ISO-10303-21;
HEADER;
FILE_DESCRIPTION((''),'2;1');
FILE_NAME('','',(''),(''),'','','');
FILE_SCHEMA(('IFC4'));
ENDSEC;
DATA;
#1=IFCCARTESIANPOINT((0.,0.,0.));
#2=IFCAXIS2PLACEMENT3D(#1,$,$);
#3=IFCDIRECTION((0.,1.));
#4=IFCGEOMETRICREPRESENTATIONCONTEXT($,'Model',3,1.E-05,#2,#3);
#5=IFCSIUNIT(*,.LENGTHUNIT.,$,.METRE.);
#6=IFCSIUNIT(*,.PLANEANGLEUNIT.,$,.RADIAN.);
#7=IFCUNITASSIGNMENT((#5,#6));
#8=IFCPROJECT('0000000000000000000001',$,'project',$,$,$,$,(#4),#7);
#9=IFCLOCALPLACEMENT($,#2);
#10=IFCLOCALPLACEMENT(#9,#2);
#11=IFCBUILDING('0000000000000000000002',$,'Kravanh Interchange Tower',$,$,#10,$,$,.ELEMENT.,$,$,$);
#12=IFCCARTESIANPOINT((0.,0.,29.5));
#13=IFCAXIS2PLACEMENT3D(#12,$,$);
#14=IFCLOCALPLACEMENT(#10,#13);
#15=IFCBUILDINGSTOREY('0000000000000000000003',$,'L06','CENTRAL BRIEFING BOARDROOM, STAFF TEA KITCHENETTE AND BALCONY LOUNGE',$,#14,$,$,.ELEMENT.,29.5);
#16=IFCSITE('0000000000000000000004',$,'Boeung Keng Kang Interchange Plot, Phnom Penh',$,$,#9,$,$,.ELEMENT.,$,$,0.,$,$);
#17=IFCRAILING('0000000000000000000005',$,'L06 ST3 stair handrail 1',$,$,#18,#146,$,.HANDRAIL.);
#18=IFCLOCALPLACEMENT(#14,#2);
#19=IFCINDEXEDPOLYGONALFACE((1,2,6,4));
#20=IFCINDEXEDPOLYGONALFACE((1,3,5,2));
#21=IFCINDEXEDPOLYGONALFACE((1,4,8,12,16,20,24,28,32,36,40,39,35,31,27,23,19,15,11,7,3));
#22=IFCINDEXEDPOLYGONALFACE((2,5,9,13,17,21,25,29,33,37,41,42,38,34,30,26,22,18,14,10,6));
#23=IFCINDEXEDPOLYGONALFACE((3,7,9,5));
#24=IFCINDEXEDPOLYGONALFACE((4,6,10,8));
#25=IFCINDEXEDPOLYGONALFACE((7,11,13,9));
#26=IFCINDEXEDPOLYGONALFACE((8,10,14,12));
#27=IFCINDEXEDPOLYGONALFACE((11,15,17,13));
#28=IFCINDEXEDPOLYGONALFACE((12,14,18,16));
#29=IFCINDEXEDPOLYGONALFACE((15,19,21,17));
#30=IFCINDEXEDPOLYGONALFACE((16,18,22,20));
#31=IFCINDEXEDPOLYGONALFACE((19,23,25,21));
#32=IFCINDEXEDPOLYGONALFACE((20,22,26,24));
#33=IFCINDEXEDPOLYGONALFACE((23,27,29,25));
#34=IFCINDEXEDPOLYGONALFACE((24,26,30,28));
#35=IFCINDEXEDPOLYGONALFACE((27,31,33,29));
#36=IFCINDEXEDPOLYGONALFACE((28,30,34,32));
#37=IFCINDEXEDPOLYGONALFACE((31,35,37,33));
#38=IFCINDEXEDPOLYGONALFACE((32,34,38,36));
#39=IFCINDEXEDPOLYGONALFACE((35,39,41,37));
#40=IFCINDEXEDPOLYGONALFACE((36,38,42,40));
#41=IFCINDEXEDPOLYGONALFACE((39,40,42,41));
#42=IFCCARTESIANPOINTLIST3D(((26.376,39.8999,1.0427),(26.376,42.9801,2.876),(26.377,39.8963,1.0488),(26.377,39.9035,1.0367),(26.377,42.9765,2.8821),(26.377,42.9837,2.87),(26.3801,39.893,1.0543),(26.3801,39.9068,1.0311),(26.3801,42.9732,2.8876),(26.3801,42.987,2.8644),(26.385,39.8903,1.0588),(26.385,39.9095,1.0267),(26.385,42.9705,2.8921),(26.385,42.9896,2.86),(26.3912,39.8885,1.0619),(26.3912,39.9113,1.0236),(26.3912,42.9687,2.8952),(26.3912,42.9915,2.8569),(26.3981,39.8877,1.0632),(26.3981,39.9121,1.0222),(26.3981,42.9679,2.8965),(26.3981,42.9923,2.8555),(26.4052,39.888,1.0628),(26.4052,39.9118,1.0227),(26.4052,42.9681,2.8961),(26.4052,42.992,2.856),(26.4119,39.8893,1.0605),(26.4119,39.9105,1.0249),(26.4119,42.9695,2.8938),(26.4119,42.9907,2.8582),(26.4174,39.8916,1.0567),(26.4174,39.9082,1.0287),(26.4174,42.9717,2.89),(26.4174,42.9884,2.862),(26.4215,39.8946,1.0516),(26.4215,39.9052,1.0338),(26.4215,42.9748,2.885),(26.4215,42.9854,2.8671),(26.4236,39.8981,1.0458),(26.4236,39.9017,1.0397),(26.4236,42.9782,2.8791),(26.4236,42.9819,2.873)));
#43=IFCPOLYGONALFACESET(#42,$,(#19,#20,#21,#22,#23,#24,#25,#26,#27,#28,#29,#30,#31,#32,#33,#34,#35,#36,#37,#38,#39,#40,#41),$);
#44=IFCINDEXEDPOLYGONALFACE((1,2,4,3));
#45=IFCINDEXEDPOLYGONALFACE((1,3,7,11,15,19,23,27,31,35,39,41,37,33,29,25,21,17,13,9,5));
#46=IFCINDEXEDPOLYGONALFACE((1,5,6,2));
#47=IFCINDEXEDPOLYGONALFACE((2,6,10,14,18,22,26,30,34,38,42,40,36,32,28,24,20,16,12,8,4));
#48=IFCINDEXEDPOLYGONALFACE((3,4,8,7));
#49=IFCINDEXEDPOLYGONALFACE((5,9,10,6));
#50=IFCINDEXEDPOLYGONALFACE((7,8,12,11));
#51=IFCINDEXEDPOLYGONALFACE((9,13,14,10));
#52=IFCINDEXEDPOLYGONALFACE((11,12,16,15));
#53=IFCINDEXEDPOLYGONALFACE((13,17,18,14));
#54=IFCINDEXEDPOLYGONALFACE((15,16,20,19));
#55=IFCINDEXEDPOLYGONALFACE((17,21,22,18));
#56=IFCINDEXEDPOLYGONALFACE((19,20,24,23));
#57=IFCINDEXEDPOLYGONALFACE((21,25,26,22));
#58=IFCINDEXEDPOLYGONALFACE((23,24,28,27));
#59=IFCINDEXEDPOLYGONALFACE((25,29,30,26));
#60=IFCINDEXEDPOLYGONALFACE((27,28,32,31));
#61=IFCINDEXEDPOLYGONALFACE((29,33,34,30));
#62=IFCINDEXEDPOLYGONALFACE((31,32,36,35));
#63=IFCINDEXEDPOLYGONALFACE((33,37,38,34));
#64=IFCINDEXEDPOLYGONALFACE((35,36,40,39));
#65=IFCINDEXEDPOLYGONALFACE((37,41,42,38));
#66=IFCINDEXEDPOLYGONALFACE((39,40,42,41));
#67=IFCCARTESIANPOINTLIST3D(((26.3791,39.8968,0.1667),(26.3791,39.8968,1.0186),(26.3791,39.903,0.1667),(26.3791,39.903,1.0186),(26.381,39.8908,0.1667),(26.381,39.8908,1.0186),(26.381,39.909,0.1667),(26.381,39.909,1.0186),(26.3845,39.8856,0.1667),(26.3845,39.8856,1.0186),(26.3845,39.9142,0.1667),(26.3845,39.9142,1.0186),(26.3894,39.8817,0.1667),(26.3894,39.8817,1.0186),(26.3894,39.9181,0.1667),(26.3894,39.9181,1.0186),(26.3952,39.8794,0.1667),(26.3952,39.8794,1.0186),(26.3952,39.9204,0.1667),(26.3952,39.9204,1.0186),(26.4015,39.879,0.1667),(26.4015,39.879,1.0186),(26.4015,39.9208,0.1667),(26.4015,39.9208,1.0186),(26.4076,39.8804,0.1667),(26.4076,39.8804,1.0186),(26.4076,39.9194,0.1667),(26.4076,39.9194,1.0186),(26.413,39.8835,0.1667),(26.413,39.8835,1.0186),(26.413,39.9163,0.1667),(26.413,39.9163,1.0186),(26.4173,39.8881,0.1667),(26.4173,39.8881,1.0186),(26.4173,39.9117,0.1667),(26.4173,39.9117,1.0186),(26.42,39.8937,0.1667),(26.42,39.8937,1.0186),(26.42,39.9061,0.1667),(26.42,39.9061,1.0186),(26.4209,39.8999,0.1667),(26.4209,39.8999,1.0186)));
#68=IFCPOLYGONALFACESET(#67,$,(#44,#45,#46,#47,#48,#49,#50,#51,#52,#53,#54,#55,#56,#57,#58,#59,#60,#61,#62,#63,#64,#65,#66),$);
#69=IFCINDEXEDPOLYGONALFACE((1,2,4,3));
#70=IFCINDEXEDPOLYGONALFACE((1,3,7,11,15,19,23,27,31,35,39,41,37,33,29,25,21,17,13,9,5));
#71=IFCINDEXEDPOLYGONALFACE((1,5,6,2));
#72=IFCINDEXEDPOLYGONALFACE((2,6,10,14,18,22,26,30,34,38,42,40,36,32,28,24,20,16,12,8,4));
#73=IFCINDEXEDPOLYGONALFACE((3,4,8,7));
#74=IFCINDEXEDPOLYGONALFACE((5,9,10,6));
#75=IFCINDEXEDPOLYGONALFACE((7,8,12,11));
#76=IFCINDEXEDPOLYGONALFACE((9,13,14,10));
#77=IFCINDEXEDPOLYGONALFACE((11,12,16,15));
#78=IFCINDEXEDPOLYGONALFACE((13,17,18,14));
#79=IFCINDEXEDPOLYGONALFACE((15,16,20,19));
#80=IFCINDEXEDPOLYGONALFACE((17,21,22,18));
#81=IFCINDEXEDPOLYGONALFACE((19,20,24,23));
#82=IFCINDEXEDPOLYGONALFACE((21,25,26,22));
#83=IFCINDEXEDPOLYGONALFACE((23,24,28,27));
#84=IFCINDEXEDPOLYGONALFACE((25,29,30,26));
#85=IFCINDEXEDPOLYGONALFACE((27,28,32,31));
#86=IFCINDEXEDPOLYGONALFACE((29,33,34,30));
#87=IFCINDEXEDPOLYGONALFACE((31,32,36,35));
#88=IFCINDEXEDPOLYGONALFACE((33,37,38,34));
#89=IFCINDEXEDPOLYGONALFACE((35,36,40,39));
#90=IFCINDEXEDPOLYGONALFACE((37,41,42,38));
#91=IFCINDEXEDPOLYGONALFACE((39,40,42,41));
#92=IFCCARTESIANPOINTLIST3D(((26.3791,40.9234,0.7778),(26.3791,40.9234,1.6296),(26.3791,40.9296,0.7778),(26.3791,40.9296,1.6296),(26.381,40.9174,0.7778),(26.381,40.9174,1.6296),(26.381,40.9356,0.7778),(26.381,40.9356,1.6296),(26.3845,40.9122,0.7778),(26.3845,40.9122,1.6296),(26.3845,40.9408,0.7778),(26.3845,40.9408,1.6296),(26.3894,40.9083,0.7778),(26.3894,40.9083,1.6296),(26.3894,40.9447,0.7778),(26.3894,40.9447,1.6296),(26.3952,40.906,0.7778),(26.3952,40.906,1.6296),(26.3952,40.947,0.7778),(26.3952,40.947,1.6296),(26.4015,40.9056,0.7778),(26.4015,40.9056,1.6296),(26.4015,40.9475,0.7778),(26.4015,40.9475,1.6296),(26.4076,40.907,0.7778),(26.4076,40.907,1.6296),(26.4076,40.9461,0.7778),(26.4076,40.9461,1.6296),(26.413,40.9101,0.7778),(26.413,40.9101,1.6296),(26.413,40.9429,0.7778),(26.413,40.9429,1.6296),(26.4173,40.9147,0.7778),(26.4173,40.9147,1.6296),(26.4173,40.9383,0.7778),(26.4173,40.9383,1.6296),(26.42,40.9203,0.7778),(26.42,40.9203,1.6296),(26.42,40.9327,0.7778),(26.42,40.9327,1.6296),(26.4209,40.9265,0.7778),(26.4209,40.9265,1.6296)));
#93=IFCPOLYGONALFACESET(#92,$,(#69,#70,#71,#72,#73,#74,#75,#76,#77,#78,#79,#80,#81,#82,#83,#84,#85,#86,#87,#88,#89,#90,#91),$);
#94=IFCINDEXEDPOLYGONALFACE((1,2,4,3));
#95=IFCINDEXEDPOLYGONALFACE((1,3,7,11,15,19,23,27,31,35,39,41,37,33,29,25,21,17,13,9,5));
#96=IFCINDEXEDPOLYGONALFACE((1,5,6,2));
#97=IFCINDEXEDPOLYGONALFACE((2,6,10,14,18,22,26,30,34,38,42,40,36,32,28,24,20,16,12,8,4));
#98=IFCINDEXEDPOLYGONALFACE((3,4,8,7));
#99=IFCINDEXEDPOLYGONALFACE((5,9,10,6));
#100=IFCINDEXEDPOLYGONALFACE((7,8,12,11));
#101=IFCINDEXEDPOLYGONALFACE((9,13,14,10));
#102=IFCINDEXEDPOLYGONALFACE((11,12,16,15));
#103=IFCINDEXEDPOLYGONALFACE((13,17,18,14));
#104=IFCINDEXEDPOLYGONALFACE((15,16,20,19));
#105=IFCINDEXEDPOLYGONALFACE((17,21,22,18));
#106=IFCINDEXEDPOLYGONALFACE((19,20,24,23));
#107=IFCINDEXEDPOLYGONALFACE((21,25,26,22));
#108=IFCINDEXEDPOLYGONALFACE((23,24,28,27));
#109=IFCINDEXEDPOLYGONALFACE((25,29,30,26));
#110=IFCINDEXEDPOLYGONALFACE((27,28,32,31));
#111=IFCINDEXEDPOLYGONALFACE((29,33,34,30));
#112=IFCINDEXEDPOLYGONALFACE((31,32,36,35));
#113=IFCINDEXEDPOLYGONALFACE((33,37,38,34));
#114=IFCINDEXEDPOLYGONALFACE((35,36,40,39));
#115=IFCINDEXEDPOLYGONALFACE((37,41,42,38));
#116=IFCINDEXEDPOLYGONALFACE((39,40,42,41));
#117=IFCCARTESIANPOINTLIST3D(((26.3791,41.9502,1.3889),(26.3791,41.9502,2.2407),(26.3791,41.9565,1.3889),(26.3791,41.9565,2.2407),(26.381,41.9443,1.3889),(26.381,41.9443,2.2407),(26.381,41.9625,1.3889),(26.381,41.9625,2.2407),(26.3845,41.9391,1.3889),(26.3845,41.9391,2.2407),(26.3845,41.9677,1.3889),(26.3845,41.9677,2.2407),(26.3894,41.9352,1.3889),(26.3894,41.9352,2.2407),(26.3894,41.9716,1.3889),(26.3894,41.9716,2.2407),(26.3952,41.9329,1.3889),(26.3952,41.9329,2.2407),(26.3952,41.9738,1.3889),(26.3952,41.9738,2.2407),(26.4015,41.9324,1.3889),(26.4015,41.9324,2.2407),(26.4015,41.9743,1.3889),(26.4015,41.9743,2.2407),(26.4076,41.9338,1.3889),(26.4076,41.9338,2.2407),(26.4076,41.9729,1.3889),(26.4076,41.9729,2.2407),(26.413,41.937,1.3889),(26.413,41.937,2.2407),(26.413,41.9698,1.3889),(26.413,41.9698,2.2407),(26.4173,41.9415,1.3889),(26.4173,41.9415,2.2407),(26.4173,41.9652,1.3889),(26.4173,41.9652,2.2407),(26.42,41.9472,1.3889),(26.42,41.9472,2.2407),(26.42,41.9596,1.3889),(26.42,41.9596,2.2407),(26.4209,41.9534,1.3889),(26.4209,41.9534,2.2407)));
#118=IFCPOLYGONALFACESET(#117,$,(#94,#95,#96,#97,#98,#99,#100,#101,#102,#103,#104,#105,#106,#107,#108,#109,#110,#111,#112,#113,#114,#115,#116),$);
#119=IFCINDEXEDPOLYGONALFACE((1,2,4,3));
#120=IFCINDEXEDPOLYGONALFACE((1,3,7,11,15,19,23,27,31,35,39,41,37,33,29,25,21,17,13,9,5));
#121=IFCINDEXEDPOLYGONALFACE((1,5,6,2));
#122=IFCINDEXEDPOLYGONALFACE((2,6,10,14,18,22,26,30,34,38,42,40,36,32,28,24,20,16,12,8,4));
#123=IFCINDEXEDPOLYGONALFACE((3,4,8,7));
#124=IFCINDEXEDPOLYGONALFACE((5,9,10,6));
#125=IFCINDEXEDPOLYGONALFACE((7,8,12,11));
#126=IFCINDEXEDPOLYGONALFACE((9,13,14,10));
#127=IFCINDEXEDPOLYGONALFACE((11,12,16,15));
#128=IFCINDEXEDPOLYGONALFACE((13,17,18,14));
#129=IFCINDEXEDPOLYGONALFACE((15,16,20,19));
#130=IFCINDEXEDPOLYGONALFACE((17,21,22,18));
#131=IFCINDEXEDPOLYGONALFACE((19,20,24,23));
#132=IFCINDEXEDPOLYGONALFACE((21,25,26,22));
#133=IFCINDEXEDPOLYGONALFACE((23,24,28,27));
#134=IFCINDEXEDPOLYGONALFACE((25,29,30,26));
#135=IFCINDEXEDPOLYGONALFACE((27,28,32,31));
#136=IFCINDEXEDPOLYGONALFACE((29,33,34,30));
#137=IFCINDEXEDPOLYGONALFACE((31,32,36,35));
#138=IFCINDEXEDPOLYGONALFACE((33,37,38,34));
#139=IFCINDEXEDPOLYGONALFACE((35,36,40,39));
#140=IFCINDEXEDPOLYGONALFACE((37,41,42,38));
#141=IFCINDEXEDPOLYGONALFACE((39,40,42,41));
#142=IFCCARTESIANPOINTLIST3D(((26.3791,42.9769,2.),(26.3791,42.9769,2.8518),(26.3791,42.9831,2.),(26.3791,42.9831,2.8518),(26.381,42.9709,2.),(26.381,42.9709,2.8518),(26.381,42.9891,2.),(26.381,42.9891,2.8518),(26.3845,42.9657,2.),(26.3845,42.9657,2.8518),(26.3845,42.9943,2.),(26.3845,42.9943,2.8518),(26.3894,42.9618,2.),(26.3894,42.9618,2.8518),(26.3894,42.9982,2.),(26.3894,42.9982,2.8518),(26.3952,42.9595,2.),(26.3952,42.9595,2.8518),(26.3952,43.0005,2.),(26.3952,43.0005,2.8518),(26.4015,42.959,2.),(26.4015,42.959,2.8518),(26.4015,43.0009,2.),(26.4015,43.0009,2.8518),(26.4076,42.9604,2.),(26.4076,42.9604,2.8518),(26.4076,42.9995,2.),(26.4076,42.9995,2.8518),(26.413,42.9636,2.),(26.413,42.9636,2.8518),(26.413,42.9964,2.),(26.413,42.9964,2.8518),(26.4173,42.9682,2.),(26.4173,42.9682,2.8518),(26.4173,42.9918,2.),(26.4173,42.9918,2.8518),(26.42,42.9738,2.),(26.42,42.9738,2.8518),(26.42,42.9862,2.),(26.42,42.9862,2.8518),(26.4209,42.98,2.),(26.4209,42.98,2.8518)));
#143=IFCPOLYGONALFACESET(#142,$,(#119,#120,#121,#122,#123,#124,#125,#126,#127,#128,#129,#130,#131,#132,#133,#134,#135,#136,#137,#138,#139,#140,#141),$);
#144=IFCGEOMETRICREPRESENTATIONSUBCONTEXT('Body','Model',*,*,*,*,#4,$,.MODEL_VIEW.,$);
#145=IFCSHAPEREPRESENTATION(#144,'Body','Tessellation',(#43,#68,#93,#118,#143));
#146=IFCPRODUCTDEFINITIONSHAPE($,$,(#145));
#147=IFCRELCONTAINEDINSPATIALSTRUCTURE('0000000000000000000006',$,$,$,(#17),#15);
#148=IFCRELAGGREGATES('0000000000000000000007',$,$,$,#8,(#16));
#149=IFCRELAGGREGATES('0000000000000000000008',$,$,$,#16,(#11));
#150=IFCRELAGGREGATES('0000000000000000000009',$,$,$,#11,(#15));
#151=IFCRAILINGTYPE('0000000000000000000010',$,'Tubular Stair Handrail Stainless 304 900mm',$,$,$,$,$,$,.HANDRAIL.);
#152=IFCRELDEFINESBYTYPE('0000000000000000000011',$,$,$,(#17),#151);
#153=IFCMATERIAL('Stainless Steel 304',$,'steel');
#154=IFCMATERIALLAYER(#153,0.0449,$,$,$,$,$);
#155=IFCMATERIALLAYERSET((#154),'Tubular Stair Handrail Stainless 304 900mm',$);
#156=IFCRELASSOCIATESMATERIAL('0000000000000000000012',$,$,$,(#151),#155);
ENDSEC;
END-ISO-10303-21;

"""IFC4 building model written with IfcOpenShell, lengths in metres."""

from ifc_helpers import new_model, si_unit, direction, frame, origin, origin_2d, place, context, subcontext, project, spatial, circle, extrude, material, layer, layer_set, type_object, element, save


model = new_model("IFC4")

# Units and contexts
model_context = context("Model", 3, precision=1e-05, world=origin(), true_north=direction((0.0, 1.0)))
body_context = subcontext(model_context, "Body", "Model", "MODEL_VIEW")
ifc_project = project(units=[si_unit("LENGTHUNIT", "METRE"), si_unit("PLANEANGLEUNIT", "RADIAN")], contexts=[model_context])

# Site, building, storey
site_placement = place(None, origin())
site = spatial("IfcSite", under=ifc_project, at=site_placement, Name="Boeung Keng Kang Interchange Plot, Phnom Penh", CompositionType="ELEMENT", RefElevation=0.0)
building_placement = place(site_placement, origin())
building = spatial("IfcBuilding", under=site, at=building_placement, Name="Kravanh Interchange Tower", CompositionType="ELEMENT")
storey_placement = place(building_placement, frame((0.0, 0.0, 29.5)))
storey = spatial("IfcBuildingStorey", under=building, at=storey_placement, Name="L06", Description="CENTRAL BRIEFING BOARDROOM, STAFF TEA KITCHENETTE AND BALCONY LOUNGE", CompositionType="ELEMENT", Elevation=29.5)

# Railing
ifc_material_1 = material(Name="Stainless Steel 304", Category="steel")
ifc_layer_1 = layer(ifc_material_1, 0.0449)
ifc_layer_set_1 = layer_set([ifc_layer_1], Name="Tubular Stair Handrail Stainless 304 900mm")
railing_type_1 = type_object("IfcRailingType", Name="Tubular Stair Handrail Stainless 304 900mm", PredefinedType="HANDRAIL", material=ifc_layer_set_1)
railing_1_placement = place(storey_placement, frame((26.3999, 39.8999, 0.1667)))
element("IfcRailing", 1, at=railing_1_placement, inside=storey, type_object=railing_type_1, Name="L06 ST3 stair handrail 1", PredefinedType="HANDRAIL", context=body_context, shape_type="SweptSolid", body=[
    extrude(circle(Radius=0.0239, at=origin_2d()), frame((0.0, 0.0, 0.876), z_axis=(0.0, 0.859309, 0.511458), x_axis=(-1.0, 0.0, 0.0)), (0.0, 0.0, 1.0), 3.5845),
    extrude(circle(Radius=0.021, at=origin_2d()), origin(), (0.0, 0.0, 1.0), 0.8518),
    extrude(circle(Radius=0.021, at=origin_2d()), frame((0.0, 1.0266, 0.6111)), (0.0, 0.0, 1.0), 0.8518),
    extrude(circle(Radius=0.021, at=origin_2d()), frame((0.0, 2.0535, 1.2222)), (0.0, 0.0, 1.0), 0.8518),
    extrude(circle(Radius=0.021, at=origin_2d()), frame((0.0, 3.0801, 1.8333)), (0.0, 0.0, 1.0), 0.8518),
])

save(model, "model.ifc")
